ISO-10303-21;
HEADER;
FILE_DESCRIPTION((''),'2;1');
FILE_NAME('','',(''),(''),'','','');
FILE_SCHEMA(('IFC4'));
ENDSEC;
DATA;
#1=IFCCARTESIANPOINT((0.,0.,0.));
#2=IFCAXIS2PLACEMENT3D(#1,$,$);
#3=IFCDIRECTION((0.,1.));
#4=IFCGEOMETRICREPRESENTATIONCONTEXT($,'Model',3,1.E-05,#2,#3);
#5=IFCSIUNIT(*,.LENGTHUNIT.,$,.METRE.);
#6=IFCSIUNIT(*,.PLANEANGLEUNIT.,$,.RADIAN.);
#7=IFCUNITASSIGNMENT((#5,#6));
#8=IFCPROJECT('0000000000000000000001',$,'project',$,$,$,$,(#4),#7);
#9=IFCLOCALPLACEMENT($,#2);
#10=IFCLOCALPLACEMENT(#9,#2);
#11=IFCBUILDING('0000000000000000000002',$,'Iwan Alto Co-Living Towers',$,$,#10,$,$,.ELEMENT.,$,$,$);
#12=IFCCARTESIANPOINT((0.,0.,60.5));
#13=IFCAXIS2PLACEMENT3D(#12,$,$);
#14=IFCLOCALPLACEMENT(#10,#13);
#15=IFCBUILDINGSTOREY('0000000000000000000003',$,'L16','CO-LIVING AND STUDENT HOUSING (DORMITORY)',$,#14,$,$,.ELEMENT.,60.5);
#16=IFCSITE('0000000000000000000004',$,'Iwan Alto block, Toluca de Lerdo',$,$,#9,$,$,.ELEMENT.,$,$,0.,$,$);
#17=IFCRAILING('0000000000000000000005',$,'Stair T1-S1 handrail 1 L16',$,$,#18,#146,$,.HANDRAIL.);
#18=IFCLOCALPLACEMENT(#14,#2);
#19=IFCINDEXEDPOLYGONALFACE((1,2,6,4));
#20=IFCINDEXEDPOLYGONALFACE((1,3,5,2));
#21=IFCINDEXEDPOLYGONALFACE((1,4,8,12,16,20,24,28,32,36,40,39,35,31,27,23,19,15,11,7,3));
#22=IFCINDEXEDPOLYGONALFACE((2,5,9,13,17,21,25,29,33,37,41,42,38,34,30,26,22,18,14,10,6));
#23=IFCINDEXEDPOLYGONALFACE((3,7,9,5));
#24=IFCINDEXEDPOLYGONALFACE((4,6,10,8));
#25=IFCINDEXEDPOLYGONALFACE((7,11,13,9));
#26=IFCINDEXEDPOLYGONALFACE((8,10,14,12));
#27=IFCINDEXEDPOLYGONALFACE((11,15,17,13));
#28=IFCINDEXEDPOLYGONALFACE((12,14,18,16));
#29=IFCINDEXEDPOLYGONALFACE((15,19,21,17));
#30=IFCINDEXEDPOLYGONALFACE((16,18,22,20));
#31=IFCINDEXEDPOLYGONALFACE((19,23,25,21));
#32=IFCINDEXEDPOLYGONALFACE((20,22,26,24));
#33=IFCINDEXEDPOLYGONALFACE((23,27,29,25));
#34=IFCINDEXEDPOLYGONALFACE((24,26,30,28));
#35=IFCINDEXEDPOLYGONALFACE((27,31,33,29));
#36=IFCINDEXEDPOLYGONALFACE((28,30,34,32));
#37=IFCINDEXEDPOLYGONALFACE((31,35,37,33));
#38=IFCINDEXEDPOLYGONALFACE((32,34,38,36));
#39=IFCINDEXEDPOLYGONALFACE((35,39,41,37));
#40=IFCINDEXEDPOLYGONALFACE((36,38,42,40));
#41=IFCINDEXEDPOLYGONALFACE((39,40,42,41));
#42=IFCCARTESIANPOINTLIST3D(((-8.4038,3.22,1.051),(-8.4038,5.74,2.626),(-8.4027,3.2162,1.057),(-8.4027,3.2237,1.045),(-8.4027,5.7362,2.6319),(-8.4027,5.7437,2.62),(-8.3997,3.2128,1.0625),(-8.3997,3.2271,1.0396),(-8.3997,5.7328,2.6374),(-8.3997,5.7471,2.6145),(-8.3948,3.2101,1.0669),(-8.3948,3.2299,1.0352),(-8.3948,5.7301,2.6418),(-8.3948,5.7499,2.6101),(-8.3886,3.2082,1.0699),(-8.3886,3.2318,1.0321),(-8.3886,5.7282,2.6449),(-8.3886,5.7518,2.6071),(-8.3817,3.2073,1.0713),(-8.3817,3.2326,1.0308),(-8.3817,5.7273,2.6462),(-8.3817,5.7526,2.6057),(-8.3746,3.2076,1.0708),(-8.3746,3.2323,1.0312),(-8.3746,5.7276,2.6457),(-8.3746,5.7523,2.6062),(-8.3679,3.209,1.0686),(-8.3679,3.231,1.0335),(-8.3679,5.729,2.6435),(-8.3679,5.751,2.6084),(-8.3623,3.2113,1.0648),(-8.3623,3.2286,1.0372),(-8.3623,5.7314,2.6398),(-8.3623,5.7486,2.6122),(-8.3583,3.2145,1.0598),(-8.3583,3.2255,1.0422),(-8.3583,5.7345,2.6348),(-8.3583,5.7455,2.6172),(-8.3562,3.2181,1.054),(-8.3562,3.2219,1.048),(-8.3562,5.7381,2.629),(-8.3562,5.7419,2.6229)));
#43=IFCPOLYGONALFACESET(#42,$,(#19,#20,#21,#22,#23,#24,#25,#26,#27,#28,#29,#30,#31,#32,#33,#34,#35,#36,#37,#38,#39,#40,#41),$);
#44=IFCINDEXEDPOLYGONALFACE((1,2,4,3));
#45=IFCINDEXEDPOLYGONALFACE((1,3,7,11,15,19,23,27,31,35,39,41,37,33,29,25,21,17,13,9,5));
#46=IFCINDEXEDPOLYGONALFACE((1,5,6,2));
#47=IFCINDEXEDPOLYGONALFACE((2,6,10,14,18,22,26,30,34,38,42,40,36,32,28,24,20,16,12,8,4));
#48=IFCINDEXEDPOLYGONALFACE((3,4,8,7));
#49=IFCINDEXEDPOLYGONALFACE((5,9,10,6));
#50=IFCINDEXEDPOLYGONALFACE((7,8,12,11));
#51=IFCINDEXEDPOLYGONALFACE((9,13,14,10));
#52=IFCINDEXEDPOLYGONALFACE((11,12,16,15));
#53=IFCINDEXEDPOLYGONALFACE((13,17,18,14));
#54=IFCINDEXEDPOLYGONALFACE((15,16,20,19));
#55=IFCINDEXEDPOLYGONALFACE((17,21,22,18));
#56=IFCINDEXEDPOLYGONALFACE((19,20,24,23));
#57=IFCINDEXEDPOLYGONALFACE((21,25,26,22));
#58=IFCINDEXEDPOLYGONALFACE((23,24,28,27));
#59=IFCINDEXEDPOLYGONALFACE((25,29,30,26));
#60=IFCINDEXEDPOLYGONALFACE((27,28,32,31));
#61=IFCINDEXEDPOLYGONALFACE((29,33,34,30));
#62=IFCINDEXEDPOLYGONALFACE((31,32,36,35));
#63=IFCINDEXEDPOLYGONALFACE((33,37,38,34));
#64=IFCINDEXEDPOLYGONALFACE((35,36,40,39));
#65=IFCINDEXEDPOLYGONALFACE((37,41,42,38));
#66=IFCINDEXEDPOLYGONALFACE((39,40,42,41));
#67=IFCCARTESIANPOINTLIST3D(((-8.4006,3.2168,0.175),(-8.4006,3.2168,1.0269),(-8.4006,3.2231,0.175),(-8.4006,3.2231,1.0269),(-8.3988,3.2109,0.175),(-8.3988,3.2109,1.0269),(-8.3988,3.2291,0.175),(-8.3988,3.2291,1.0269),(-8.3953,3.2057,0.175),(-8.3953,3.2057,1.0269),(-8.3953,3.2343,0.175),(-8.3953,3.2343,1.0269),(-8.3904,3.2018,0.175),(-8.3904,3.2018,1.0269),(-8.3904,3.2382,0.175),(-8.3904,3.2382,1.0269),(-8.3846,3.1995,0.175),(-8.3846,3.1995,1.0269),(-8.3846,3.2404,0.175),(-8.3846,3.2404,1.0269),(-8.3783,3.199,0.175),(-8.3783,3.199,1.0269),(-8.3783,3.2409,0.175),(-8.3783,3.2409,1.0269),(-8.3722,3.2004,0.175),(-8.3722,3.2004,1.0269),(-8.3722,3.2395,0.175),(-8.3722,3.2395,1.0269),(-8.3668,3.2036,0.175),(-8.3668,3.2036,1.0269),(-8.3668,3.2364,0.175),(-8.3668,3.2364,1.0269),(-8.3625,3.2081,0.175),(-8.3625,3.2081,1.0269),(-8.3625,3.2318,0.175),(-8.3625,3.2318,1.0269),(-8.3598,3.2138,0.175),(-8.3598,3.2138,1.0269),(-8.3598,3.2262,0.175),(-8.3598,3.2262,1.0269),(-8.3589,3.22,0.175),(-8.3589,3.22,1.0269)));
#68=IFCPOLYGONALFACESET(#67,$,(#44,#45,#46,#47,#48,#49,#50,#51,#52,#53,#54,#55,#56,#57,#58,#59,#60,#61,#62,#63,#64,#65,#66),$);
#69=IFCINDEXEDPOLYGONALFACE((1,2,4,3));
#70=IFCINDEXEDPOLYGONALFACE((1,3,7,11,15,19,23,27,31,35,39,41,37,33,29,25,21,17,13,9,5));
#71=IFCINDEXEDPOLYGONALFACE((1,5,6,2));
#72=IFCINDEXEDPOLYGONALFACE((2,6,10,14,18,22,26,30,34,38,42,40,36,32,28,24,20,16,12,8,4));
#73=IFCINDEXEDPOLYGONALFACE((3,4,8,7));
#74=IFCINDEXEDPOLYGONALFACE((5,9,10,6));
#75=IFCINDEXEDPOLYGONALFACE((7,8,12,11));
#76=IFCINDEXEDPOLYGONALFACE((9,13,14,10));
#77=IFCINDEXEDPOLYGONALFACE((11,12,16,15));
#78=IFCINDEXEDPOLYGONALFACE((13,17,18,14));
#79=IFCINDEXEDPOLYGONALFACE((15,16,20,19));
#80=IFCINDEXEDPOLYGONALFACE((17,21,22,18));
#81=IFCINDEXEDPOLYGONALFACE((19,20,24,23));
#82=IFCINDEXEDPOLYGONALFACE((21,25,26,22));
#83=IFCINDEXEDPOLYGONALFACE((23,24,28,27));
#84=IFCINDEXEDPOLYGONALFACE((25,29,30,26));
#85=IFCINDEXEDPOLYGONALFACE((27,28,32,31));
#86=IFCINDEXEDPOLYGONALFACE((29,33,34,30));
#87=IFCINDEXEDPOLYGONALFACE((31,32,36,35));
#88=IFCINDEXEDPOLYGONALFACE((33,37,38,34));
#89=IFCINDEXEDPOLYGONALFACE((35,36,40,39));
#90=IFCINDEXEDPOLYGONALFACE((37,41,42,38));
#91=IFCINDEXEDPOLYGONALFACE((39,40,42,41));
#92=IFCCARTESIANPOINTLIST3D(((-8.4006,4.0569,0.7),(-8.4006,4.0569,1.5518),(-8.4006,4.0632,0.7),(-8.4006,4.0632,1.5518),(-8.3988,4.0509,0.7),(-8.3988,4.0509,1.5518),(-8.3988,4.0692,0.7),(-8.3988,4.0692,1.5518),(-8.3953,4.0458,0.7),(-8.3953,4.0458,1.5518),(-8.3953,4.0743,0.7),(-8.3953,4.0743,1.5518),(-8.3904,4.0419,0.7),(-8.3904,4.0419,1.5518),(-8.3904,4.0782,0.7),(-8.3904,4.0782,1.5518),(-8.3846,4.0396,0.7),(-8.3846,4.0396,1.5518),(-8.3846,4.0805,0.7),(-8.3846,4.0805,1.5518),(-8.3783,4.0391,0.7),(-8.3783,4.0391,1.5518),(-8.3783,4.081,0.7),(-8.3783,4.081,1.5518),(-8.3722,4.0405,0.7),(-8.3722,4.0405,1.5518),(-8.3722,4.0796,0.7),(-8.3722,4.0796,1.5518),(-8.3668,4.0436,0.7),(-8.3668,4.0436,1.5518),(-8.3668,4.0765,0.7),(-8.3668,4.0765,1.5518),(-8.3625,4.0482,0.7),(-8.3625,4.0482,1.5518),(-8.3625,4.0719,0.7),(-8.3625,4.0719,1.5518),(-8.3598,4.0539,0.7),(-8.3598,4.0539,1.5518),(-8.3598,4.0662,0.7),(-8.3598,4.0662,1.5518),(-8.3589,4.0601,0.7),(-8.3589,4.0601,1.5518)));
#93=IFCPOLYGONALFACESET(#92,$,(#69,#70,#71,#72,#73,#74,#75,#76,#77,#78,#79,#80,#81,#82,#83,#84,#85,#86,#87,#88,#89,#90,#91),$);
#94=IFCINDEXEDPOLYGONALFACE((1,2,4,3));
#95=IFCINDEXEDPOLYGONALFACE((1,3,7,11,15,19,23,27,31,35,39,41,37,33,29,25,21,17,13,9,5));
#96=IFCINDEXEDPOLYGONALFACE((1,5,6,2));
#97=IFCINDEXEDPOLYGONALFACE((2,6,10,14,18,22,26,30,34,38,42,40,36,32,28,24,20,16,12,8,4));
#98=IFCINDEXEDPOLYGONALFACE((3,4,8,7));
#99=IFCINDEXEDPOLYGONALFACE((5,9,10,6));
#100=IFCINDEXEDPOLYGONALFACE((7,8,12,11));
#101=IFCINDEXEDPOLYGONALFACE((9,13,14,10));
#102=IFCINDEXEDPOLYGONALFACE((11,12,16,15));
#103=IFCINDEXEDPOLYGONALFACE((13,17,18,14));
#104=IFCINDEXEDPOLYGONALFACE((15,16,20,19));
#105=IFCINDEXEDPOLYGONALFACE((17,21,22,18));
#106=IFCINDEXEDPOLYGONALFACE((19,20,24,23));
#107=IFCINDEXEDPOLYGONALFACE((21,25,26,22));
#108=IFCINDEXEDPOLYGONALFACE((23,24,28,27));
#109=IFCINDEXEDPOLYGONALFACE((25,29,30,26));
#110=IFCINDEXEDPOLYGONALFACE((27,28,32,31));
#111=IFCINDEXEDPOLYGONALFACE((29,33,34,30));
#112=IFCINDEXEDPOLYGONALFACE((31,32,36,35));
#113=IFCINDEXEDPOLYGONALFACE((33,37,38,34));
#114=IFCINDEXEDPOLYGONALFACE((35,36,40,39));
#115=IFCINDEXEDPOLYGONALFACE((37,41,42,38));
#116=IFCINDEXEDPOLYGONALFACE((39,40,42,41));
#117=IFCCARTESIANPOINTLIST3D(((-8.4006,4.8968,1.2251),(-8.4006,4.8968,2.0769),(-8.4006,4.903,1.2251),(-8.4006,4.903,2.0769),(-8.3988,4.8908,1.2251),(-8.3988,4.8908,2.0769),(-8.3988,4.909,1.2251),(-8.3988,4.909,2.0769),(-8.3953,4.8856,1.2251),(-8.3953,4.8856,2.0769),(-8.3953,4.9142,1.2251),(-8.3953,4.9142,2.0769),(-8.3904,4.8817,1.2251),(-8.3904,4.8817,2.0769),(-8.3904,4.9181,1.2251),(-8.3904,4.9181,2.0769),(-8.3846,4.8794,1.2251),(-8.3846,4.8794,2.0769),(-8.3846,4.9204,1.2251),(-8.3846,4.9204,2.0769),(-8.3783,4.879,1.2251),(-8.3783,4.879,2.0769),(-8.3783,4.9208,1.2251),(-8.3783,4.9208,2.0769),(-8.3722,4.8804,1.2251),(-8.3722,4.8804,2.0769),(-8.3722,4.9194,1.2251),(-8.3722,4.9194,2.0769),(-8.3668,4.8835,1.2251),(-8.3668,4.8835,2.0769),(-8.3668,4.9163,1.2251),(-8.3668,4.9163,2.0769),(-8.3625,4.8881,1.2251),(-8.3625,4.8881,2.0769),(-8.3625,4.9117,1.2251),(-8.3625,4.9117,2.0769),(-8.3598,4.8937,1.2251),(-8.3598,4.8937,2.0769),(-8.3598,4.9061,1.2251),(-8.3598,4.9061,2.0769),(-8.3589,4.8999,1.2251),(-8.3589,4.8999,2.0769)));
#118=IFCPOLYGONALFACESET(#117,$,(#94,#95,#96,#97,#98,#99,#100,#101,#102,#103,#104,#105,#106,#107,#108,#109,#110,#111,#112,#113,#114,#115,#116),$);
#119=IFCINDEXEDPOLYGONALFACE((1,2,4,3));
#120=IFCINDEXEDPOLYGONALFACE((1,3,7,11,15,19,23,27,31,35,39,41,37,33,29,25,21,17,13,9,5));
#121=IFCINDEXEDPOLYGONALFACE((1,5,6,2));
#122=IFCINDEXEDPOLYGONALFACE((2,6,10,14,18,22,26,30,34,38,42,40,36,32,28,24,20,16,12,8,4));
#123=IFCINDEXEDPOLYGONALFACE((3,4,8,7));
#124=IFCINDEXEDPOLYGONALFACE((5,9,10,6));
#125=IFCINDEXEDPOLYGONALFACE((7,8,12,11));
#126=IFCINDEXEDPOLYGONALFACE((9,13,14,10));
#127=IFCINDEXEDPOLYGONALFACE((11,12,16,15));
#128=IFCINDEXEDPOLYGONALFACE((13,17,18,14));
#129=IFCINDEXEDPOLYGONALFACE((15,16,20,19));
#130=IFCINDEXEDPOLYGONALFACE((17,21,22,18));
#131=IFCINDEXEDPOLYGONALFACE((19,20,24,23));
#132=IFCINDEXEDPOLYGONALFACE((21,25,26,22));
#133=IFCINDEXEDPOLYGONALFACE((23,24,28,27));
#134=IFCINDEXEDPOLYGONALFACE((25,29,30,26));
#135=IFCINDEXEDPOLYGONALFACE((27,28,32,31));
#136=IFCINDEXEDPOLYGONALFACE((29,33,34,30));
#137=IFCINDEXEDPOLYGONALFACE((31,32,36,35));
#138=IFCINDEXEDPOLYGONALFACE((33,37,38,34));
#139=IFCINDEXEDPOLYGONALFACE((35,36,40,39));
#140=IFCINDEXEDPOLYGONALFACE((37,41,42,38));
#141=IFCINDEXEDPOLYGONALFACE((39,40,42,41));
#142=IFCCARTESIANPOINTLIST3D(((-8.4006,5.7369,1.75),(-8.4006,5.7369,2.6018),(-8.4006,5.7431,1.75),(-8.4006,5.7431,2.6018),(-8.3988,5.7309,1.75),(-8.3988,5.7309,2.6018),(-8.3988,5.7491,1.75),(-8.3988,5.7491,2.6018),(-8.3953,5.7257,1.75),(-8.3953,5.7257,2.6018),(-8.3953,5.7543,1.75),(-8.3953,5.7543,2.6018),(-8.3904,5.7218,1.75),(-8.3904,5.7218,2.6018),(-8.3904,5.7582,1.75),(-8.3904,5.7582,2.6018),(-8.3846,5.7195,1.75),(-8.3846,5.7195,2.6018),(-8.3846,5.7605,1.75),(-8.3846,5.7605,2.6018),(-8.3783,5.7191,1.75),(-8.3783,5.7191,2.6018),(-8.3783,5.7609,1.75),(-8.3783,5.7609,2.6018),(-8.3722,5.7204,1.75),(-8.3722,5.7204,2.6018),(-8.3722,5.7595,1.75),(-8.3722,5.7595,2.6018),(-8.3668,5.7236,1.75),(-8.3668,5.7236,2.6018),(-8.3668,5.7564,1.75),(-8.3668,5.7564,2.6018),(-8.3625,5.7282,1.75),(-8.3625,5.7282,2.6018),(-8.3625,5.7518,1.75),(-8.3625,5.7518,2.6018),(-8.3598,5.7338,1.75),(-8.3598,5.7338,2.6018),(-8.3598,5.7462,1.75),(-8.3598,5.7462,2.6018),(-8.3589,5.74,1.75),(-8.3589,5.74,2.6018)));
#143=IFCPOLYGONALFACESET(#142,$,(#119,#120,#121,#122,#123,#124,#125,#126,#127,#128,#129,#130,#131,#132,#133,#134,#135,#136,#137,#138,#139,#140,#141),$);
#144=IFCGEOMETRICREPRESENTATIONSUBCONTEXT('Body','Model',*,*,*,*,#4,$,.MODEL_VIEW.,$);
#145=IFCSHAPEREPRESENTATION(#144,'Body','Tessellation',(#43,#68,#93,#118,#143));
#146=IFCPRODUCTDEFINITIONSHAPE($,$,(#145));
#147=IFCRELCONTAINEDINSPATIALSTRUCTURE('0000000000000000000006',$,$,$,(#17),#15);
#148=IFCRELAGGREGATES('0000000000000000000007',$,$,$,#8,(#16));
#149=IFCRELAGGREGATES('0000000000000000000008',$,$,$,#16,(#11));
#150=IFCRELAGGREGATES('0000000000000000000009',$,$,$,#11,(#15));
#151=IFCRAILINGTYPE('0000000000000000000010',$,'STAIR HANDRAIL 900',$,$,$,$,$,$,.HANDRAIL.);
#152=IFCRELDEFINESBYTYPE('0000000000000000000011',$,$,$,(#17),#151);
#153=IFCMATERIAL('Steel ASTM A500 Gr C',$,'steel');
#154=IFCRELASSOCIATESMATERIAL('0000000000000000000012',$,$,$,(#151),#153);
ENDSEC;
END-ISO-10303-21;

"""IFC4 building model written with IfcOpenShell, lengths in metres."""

from ifc_helpers import new_model, si_unit, direction, frame, origin, origin_2d, place, context, subcontext, project, spatial, circle, extrude, material, type_object, element, save


model = new_model("IFC4")

# Units and contexts
model_context = context("Model", 3, precision=1e-05, world=origin(), true_north=direction((0.0, 1.0)))
body_context = subcontext(model_context, "Body", "Model", "MODEL_VIEW")
ifc_project = project(units=[si_unit("LENGTHUNIT", "METRE"), si_unit("PLANEANGLEUNIT", "RADIAN")], contexts=[model_context])

# Site, building, storey
site_placement = place(None, origin())
site = spatial("IfcSite", under=ifc_project, at=site_placement, Name="Iwan Alto block, Toluca de Lerdo", CompositionType="ELEMENT", RefElevation=0.0)
building_placement = place(site_placement, origin())
building = spatial("IfcBuilding", under=site, at=building_placement, Name="Iwan Alto Co-Living Towers", CompositionType="ELEMENT")
storey_placement = place(building_placement, frame((0.0, 0.0, 60.5)))
storey = spatial("IfcBuildingStorey", under=building, at=storey_placement, Name="L16", Description="CO-LIVING AND STUDENT HOUSING (DORMITORY)", CompositionType="ELEMENT", Elevation=60.5)

# Railing
ifc_material_1 = material(Name="Steel ASTM A500 Gr C", Category="steel")
railing_type_1 = type_object("IfcRailingType", Name="STAIR HANDRAIL 900", PredefinedType="HANDRAIL", material=ifc_material_1)
railing_1_placement = place(storey_placement, frame((-8.3799, 3.22, 0.175)))
element("IfcRailing", 1, at=railing_1_placement, inside=storey, type_object=railing_type_1, Name="Stair T1-S1 handrail 1 L16", PredefinedType="HANDRAIL", context=body_context, shape_type="SweptSolid", body=[
    extrude(circle(Radius=0.0239, at=origin_2d()), frame((0.0, 0.0, 0.876), z_axis=(0.0, 0.848008, 0.529984), x_axis=(-1.0, 0.0, 0.0)), (0.0, 0.0, 1.0), 2.9717),
    extrude(circle(Radius=0.021, at=origin_2d()), origin(), (0.0, 0.0, 1.0), 0.8518),
    extrude(circle(Radius=0.021, at=origin_2d()), frame((0.0, 0.8401, 0.5249)), (0.0, 0.0, 1.0), 0.8518),
    extrude(circle(Radius=0.021, at=origin_2d()), frame((0.0, 1.6799, 1.05)), (0.0, 0.0, 1.0), 0.8518),
    extrude(circle(Radius=0.021, at=origin_2d()), frame((0.0, 2.52, 1.575)), (0.0, 0.0, 1.0), 0.8518),
])

save(model, "model.ifc")
